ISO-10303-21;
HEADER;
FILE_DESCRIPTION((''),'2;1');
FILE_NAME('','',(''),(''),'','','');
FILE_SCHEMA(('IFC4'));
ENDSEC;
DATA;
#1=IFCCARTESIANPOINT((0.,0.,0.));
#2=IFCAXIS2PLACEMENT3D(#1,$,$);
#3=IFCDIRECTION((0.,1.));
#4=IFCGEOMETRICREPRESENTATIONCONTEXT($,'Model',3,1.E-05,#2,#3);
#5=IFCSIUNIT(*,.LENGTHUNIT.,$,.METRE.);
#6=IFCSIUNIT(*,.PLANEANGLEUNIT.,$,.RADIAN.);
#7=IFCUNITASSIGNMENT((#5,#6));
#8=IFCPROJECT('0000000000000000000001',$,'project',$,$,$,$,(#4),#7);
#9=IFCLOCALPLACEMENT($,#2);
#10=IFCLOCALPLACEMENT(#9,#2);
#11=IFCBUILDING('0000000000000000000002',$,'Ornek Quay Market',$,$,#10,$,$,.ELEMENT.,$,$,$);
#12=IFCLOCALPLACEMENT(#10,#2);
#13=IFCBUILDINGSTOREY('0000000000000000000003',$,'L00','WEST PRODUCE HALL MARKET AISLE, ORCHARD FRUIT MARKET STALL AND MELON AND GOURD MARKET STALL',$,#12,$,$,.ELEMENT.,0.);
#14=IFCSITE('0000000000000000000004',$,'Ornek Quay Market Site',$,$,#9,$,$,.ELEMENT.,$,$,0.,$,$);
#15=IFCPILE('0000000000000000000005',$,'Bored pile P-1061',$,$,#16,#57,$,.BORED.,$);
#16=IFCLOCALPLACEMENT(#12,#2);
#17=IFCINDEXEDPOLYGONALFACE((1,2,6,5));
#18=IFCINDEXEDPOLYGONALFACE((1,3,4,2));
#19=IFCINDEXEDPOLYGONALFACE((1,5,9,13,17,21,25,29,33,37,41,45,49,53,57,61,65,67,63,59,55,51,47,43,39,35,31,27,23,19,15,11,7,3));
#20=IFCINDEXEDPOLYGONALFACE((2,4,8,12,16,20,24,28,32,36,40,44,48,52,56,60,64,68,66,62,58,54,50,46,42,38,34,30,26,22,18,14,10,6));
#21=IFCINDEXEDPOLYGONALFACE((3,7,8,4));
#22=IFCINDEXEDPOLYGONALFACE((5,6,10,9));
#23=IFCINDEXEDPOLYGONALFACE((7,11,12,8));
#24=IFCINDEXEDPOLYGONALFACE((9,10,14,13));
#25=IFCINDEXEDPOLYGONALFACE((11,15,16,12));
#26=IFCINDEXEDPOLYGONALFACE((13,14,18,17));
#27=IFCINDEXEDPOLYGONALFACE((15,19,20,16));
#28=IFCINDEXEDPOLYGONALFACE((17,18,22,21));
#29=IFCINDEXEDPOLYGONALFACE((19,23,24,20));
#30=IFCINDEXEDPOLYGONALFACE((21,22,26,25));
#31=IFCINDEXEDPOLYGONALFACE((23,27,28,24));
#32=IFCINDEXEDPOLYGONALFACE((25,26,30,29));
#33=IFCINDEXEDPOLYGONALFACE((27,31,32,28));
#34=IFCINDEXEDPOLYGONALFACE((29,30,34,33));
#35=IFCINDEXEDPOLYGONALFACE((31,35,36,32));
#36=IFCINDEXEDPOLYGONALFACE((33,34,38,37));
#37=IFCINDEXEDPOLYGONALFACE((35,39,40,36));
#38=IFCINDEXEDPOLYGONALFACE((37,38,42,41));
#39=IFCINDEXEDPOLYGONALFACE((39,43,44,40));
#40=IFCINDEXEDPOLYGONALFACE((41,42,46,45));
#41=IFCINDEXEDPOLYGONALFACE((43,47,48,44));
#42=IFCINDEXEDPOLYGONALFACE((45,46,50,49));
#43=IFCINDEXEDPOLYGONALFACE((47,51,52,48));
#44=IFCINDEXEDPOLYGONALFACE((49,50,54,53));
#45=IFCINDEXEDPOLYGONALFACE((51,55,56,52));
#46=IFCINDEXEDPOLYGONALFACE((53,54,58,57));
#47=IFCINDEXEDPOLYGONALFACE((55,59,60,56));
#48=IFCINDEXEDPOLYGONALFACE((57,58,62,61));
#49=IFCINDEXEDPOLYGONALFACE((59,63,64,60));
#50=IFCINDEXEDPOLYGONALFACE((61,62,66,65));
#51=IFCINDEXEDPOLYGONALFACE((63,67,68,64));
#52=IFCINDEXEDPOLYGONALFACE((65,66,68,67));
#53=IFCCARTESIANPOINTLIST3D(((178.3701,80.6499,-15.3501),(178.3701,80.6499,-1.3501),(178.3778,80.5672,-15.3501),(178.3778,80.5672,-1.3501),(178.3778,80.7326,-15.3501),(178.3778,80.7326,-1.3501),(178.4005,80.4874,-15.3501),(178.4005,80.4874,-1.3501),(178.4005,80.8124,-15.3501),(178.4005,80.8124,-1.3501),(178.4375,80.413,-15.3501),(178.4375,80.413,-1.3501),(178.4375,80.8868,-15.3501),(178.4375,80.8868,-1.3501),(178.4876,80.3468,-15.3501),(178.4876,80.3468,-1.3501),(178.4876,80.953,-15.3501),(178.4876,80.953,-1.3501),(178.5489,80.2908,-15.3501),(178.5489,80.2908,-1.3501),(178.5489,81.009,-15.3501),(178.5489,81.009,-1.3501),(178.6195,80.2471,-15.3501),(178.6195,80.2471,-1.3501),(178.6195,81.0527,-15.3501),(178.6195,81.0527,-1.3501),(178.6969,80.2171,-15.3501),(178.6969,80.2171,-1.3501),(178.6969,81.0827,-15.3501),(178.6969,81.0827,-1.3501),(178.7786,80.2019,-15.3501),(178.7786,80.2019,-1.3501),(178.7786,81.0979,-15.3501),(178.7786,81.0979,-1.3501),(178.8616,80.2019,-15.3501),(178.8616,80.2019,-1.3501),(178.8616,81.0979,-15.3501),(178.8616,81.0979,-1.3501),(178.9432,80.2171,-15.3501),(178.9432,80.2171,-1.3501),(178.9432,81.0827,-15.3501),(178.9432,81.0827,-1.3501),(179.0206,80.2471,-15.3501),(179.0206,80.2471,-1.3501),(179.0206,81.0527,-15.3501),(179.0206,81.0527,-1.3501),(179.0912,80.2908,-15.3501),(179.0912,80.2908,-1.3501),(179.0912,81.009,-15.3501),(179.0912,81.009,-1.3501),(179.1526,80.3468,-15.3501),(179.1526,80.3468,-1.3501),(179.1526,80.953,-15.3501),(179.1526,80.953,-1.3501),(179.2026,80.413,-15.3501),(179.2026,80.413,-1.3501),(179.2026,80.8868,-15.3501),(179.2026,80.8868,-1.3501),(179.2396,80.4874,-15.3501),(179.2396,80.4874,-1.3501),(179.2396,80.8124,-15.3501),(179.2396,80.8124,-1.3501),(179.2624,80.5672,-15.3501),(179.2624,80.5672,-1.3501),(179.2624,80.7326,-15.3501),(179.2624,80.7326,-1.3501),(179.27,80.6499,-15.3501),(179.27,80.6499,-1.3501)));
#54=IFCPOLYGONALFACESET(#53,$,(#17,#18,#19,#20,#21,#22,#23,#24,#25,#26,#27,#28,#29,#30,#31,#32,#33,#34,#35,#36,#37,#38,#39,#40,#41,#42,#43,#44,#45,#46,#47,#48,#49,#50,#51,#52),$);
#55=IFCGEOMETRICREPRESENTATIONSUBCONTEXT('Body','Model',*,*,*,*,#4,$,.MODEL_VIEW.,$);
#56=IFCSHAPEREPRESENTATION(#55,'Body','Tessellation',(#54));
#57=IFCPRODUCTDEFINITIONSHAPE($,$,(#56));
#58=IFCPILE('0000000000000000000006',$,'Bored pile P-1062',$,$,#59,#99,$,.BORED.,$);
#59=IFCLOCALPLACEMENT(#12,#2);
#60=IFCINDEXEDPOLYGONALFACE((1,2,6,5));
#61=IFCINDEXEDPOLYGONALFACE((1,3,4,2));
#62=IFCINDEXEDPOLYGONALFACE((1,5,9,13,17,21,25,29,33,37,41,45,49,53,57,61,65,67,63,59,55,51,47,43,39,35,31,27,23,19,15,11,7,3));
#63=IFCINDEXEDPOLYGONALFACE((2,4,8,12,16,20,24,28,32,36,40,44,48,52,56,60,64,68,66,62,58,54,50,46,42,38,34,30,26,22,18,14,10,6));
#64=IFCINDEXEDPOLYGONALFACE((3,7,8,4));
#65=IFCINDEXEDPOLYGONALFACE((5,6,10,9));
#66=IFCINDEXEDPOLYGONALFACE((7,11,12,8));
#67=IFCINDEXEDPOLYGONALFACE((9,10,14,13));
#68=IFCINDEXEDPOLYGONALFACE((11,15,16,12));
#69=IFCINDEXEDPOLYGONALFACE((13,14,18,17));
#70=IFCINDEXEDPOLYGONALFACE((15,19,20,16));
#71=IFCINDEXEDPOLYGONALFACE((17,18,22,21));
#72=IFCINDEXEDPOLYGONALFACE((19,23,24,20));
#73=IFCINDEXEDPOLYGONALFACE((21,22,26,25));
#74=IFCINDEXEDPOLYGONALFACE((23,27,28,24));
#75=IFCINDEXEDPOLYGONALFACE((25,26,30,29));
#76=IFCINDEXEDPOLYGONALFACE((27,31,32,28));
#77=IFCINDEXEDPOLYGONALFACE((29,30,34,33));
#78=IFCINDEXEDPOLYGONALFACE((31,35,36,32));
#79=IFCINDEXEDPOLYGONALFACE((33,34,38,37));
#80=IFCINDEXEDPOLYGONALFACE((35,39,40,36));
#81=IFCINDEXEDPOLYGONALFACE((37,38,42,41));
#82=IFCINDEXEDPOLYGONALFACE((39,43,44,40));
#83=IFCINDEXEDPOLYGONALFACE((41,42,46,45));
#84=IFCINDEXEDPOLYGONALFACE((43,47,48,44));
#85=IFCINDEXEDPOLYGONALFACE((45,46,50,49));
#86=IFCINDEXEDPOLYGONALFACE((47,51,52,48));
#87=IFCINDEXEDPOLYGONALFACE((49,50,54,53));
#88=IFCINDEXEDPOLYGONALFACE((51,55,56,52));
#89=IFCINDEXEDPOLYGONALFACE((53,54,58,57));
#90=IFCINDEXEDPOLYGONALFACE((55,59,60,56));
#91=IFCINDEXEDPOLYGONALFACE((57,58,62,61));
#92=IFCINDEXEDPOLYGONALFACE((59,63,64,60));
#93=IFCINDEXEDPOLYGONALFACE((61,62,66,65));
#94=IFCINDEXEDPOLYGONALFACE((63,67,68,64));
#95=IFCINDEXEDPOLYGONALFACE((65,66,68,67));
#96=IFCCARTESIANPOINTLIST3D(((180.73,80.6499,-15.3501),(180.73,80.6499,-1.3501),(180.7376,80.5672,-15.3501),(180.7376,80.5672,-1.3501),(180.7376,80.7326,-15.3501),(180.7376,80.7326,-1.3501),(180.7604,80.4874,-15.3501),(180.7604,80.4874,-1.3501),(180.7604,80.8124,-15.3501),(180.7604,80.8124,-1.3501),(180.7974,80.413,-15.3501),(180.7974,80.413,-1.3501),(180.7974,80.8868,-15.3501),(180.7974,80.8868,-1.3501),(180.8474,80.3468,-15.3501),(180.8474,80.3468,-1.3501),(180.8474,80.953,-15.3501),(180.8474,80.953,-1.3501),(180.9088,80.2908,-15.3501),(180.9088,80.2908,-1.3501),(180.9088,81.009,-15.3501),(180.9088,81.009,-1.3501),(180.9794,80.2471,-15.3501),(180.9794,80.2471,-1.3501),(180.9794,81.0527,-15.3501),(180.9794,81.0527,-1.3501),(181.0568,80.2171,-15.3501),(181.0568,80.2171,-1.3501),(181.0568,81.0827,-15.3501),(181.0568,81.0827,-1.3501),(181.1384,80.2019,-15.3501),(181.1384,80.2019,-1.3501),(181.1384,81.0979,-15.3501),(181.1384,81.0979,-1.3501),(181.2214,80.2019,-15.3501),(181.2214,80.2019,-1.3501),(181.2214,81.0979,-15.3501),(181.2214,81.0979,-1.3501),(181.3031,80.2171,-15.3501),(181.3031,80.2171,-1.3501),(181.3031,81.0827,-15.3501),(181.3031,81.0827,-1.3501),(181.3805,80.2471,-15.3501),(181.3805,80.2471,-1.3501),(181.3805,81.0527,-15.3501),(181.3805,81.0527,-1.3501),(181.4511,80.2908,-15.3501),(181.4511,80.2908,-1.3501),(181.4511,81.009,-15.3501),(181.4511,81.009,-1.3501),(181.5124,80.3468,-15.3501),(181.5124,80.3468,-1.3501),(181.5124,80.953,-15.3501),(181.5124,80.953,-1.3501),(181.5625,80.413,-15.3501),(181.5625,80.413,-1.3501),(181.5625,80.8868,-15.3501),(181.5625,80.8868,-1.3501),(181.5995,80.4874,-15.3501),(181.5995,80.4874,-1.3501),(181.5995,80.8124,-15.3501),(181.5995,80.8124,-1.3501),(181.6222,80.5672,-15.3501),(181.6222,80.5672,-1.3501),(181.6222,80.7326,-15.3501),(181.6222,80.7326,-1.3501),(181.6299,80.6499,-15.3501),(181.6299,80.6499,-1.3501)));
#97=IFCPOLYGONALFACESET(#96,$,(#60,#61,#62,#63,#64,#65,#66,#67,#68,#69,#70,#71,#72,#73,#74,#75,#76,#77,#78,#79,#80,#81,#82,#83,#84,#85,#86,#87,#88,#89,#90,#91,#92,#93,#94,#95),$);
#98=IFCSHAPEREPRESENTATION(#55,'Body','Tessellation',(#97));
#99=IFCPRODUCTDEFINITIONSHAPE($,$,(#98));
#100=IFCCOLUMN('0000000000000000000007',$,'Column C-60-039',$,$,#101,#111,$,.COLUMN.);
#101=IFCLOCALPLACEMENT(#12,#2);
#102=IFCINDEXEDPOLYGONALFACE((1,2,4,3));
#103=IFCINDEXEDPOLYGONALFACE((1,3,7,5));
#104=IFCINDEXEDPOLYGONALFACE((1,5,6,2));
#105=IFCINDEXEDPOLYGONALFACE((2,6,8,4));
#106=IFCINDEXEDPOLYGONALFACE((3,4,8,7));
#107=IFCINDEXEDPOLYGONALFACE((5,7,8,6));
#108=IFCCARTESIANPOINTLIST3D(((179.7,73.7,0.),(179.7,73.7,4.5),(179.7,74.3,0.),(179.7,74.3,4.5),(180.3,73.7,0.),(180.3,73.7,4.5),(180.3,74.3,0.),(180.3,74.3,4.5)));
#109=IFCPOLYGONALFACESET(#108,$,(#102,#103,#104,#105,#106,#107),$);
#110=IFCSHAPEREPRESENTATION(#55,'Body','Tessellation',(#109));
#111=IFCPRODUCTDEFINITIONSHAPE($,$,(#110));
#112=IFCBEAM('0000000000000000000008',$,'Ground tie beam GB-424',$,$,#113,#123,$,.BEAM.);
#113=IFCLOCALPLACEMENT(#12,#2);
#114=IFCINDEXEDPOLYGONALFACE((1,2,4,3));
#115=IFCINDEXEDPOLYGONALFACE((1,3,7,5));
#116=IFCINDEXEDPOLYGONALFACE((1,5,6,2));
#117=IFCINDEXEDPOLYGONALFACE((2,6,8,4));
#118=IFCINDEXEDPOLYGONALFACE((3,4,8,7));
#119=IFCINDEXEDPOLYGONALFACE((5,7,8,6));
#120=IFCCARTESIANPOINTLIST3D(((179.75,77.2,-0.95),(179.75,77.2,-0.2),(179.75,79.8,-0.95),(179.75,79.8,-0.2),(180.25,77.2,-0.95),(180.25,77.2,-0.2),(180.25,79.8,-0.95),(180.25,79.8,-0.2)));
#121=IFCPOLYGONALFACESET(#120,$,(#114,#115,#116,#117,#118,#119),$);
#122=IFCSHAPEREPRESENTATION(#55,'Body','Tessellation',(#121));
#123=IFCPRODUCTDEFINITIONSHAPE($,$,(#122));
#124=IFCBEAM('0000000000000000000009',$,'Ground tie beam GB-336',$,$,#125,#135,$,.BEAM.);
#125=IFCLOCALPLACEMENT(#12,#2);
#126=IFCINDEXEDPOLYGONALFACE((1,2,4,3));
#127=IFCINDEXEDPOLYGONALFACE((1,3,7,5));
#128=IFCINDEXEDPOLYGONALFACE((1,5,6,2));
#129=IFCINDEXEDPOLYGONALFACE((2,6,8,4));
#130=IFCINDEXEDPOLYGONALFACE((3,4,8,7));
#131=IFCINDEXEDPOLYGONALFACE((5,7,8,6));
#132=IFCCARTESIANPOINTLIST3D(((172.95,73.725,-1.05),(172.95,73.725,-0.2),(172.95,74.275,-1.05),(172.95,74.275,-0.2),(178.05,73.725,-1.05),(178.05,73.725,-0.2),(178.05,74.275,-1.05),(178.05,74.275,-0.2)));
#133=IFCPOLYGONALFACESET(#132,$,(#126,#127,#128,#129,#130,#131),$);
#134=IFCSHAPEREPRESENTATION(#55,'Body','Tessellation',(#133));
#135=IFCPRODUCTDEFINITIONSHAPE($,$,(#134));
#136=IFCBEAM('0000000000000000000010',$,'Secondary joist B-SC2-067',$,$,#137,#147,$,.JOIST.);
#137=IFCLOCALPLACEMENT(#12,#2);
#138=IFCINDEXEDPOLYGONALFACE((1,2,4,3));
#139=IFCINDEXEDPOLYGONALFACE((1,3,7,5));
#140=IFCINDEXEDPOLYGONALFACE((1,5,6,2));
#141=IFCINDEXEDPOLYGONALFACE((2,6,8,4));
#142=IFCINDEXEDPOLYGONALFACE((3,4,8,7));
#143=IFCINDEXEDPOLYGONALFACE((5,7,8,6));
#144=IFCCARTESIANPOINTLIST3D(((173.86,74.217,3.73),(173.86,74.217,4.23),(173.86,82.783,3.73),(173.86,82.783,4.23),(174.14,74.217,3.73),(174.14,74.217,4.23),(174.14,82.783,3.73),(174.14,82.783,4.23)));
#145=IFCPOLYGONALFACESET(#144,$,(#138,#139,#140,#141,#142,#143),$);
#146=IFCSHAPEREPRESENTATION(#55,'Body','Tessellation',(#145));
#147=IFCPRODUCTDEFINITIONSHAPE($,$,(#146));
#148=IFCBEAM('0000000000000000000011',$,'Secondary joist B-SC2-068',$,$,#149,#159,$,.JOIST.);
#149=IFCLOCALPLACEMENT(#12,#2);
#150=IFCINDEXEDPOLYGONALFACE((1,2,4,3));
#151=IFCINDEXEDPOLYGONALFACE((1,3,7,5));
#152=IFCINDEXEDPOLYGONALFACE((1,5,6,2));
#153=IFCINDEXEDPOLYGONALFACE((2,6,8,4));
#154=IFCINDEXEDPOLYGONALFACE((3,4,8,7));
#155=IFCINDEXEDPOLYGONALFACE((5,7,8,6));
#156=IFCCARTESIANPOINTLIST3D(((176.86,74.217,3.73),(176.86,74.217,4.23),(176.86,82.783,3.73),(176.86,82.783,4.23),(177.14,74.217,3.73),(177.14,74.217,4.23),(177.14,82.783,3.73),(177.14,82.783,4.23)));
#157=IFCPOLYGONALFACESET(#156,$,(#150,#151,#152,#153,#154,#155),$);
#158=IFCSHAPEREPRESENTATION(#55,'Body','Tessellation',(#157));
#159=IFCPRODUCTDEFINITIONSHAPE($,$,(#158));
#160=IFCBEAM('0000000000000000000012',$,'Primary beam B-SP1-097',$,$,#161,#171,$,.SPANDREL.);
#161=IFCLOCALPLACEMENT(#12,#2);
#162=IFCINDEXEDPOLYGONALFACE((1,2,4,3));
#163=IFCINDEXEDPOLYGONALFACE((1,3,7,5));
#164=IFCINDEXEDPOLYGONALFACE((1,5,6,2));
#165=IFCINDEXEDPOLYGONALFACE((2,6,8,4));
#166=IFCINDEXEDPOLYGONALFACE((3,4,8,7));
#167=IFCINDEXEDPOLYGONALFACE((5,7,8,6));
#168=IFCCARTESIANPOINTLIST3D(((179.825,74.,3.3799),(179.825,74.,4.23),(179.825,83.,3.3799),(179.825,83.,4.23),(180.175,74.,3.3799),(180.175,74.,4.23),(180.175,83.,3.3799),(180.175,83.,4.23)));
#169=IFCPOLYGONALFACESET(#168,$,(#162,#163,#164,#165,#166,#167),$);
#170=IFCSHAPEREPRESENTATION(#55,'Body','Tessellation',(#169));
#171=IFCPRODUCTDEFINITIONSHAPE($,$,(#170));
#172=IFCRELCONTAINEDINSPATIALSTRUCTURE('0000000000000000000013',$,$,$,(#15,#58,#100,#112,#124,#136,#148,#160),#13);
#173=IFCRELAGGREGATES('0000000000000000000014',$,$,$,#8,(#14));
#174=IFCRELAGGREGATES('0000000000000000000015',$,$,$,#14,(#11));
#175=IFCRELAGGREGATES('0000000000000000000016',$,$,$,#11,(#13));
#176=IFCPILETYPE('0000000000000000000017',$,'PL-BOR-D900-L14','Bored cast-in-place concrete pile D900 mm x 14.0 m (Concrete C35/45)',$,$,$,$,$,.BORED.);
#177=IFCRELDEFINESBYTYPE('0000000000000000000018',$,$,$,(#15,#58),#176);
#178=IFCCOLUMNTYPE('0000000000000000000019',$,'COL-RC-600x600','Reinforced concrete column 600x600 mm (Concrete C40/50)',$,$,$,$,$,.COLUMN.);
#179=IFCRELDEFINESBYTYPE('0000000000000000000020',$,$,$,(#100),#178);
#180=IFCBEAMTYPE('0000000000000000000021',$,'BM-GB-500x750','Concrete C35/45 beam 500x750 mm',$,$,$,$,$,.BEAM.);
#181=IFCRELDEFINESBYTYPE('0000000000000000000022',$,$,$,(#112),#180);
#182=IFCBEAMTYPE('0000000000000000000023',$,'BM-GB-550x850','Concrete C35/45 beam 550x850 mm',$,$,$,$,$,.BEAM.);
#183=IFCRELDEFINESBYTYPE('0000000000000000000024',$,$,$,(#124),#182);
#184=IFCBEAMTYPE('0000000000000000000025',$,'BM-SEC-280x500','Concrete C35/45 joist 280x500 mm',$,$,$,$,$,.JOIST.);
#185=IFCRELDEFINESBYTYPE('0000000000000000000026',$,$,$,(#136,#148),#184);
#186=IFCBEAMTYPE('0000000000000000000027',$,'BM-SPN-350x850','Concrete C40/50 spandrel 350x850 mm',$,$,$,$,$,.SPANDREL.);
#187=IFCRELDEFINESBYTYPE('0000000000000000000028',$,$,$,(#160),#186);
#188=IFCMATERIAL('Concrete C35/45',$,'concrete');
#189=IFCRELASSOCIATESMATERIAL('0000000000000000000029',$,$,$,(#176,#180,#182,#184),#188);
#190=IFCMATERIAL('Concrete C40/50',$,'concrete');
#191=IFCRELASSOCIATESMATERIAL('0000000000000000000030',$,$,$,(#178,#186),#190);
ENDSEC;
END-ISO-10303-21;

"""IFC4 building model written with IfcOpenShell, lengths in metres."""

from ifc_helpers import new_model, si_unit, direction, frame, origin, origin_2d, place, context, subcontext, project, spatial, rectangle, circle, extrude, material, material_profile, profile_set, type_object, element, save


model = new_model("IFC4")

# Units and contexts
model_context = context("Model", 3, precision=1e-05, world=origin(), true_north=direction((0.0, 1.0)))
body_context = subcontext(model_context, "Body", "Model", "MODEL_VIEW")
ifc_project = project(units=[si_unit("LENGTHUNIT", "METRE"), si_unit("PLANEANGLEUNIT", "RADIAN")], contexts=[model_context])

# Site, building, storey
site_placement = place(None, origin())
site = spatial("IfcSite", under=ifc_project, at=site_placement, Name="Ornek Quay Market Site", CompositionType="ELEMENT", RefElevation=0.0)
building_placement = place(site_placement, origin())
building = spatial("IfcBuilding", under=site, at=building_placement, Name="Ornek Quay Market", CompositionType="ELEMENT")
storey_placement = place(building_placement, origin())
storey = spatial("IfcBuildingStorey", under=building, at=storey_placement, Name="L00", Description="WEST PRODUCE HALL MARKET AISLE, ORCHARD FRUIT MARKET STALL AND MELON AND GOURD MARKET STALL", CompositionType="ELEMENT", Elevation=0.0)

# Piles
ifc_material_1 = material(Name="Concrete C35/45", Category="concrete")
ifc_material_profile_1 = material_profile(ifc_material_1, circle(Radius=0.45, at=origin_2d()), Name="PILE D900", Category="concrete")
ifc_profile_set_1 = profile_set([ifc_material_profile_1], Name="Concrete C35/45")
pile_type = type_object("IfcPileType", Name="PL-BOR-D900-L14", Description="Bored cast-in-place concrete pile D900 mm x 14.0 m (Concrete C35/45)", PredefinedType="BORED", material=ifc_profile_set_1)
for number, where, z_axis, x_axis, name in (
    (1, (178.8201, 80.6499, -1.3501), (0.0, 0.0, -1.0), (1.0, 0.0, 0.0), "Bored pile P-1061"),
    (2, (181.1799, 80.6499, -1.3501), (0.0, 0.0, -1.0), (1.0, 0.0, 0.0), "Bored pile P-1062"),
):
    element("IfcPile", number, at=place(storey_placement, frame(where, z_axis=z_axis, x_axis=x_axis)), inside=storey, type_object=pile_type, Name=name, PredefinedType="BORED", context=body_context, shape_type="SweptSolid", body=[
        extrude(circle(Radius=0.45, at=origin_2d()), origin(), (0.0, 0.0, 1.0), 14.0),
    ])

# Column
ifc_material_2 = material(Name="Concrete C40/50", Category="concrete")
ifc_material_profile_2 = material_profile(ifc_material_2, rectangle(XDim=0.6001, YDim=0.6001, at=origin_2d()), Name="RC 600x600", Category="concrete")
ifc_profile_set_2 = profile_set([ifc_material_profile_2], Name="Concrete C40/50")
column_type = type_object("IfcColumnType", Name="COL-RC-600x600", Description="Reinforced concrete column 600x600 mm (Concrete C40/50)", PredefinedType="COLUMN", material=ifc_profile_set_2)
column_placement = place(storey_placement, frame((180.0, 74.0, 0.0), z_axis=(0.0, 0.0, 1.0), x_axis=(1.0, 0.0, 0.0)))
element("IfcColumn", 3, at=column_placement, inside=storey, type_object=column_type, Name="Column C-60-039", PredefinedType="COLUMN", context=body_context, shape_type="SweptSolid", body=[
    extrude(rectangle(XDim=0.6001, YDim=0.6001, at=origin_2d()), origin(), (0.0, 0.0, 1.0), 4.5),
])

# Beams
ifc_material_profile_3 = material_profile(ifc_material_1, rectangle(XDim=0.5, YDim=0.75, at=origin_2d()), Name="RC 500x750", Category="concrete")
ifc_profile_set_3 = profile_set([ifc_material_profile_3], Name="Concrete C35/45")
beam_type_1 = type_object("IfcBeamType", Name="BM-GB-500x750", Description="Concrete C35/45 beam 500x750 mm", PredefinedType="BEAM", material=ifc_profile_set_3)
beam_1_placement = place(storey_placement, frame((180.0, 77.2, -0.575), z_axis=(0.0, 1.0, 0.0), x_axis=(-1.0, 0.0, 0.0)))
element("IfcBeam", 4, at=beam_1_placement, inside=storey, type_object=beam_type_1, Name="Ground tie beam GB-424", PredefinedType="BEAM", context=body_context, shape_type="SweptSolid", body=[
    extrude(rectangle(XDim=0.5, YDim=0.75, at=origin_2d()), origin(), (0.0, 0.0, 1.0), 2.6001),
])
ifc_material_profile_4 = material_profile(ifc_material_1, rectangle(XDim=0.55, YDim=0.8501, at=origin_2d()), Name="RC 550x850", Category="concrete")
ifc_profile_set_4 = profile_set([ifc_material_profile_4], Name="Concrete C35/45")
beam_type_2 = type_object("IfcBeamType", Name="BM-GB-550x850", Description="Concrete C35/45 beam 550x850 mm", PredefinedType="BEAM", material=ifc_profile_set_4)
beam_2_placement = place(storey_placement, frame((172.95, 74.0, -0.625), z_axis=(1.0, 0.0, 0.0), x_axis=(0.0, 1.0, 0.0)))
element("IfcBeam", 5, at=beam_2_placement, inside=storey, type_object=beam_type_2, Name="Ground tie beam GB-336", PredefinedType="BEAM", context=body_context, shape_type="SweptSolid", body=[
    extrude(rectangle(XDim=0.55, YDim=0.8501, at=origin_2d()), origin(), (0.0, 0.0, 1.0), 5.1001),
])
ifc_material_profile_5 = material_profile(ifc_material_1, rectangle(XDim=0.28, YDim=0.5, at=origin_2d()), Name="RC 280x500", Category="concrete")
ifc_profile_set_5 = profile_set([ifc_material_profile_5], Name="Concrete C35/45")
beam_type_3 = type_object("IfcBeamType", Name="BM-SEC-280x500", Description="Concrete C35/45 joist 280x500 mm", PredefinedType="JOIST", material=ifc_profile_set_5)
for number, where, z_axis, x_axis, name in (
    (6, (174.0, 74.217, 3.98), (0.0, 1.0, 0.0), (-1.0, 0.0, 0.0), "Secondary joist B-SC2-067"),
    (7, (177.0, 74.217, 3.98), (0.0, 1.0, 0.0), (-1.0, 0.0, 0.0), "Secondary joist B-SC2-068"),
):
    element("IfcBeam", number, at=place(storey_placement, frame(where, z_axis=z_axis, x_axis=x_axis)), inside=storey, type_object=beam_type_3, Name=name, PredefinedType="JOIST", context=body_context, shape_type="SweptSolid", body=[
        extrude(rectangle(XDim=0.28, YDim=0.5, at=origin_2d()), origin(), (0.0, 0.0, 1.0), 8.5659),
    ])
ifc_material_profile_6 = material_profile(ifc_material_2, rectangle(XDim=0.3501, YDim=0.8501, at=origin_2d()), Name="RC 350x850", Category="concrete")
ifc_profile_set_6 = profile_set([ifc_material_profile_6], Name="Concrete C40/50")
beam_type_4 = type_object("IfcBeamType", Name="BM-SPN-350x850", Description="Concrete C40/50 spandrel 350x850 mm", PredefinedType="SPANDREL", material=ifc_profile_set_6)
beam_3_placement = place(storey_placement, frame((180.0, 74.0, 3.8049), z_axis=(0.0, 1.0, 0.0), x_axis=(-1.0, 0.0, 0.0)))
element("IfcBeam", 8, at=beam_3_placement, inside=storey, type_object=beam_type_4, Name="Primary beam B-SP1-097", PredefinedType="SPANDREL", context=body_context, shape_type="SweptSolid", body=[
    extrude(rectangle(XDim=0.3501, YDim=0.8501, at=origin_2d()), origin(), (0.0, 0.0, 1.0), 9.0),
])

save(model, "model.ifc")
